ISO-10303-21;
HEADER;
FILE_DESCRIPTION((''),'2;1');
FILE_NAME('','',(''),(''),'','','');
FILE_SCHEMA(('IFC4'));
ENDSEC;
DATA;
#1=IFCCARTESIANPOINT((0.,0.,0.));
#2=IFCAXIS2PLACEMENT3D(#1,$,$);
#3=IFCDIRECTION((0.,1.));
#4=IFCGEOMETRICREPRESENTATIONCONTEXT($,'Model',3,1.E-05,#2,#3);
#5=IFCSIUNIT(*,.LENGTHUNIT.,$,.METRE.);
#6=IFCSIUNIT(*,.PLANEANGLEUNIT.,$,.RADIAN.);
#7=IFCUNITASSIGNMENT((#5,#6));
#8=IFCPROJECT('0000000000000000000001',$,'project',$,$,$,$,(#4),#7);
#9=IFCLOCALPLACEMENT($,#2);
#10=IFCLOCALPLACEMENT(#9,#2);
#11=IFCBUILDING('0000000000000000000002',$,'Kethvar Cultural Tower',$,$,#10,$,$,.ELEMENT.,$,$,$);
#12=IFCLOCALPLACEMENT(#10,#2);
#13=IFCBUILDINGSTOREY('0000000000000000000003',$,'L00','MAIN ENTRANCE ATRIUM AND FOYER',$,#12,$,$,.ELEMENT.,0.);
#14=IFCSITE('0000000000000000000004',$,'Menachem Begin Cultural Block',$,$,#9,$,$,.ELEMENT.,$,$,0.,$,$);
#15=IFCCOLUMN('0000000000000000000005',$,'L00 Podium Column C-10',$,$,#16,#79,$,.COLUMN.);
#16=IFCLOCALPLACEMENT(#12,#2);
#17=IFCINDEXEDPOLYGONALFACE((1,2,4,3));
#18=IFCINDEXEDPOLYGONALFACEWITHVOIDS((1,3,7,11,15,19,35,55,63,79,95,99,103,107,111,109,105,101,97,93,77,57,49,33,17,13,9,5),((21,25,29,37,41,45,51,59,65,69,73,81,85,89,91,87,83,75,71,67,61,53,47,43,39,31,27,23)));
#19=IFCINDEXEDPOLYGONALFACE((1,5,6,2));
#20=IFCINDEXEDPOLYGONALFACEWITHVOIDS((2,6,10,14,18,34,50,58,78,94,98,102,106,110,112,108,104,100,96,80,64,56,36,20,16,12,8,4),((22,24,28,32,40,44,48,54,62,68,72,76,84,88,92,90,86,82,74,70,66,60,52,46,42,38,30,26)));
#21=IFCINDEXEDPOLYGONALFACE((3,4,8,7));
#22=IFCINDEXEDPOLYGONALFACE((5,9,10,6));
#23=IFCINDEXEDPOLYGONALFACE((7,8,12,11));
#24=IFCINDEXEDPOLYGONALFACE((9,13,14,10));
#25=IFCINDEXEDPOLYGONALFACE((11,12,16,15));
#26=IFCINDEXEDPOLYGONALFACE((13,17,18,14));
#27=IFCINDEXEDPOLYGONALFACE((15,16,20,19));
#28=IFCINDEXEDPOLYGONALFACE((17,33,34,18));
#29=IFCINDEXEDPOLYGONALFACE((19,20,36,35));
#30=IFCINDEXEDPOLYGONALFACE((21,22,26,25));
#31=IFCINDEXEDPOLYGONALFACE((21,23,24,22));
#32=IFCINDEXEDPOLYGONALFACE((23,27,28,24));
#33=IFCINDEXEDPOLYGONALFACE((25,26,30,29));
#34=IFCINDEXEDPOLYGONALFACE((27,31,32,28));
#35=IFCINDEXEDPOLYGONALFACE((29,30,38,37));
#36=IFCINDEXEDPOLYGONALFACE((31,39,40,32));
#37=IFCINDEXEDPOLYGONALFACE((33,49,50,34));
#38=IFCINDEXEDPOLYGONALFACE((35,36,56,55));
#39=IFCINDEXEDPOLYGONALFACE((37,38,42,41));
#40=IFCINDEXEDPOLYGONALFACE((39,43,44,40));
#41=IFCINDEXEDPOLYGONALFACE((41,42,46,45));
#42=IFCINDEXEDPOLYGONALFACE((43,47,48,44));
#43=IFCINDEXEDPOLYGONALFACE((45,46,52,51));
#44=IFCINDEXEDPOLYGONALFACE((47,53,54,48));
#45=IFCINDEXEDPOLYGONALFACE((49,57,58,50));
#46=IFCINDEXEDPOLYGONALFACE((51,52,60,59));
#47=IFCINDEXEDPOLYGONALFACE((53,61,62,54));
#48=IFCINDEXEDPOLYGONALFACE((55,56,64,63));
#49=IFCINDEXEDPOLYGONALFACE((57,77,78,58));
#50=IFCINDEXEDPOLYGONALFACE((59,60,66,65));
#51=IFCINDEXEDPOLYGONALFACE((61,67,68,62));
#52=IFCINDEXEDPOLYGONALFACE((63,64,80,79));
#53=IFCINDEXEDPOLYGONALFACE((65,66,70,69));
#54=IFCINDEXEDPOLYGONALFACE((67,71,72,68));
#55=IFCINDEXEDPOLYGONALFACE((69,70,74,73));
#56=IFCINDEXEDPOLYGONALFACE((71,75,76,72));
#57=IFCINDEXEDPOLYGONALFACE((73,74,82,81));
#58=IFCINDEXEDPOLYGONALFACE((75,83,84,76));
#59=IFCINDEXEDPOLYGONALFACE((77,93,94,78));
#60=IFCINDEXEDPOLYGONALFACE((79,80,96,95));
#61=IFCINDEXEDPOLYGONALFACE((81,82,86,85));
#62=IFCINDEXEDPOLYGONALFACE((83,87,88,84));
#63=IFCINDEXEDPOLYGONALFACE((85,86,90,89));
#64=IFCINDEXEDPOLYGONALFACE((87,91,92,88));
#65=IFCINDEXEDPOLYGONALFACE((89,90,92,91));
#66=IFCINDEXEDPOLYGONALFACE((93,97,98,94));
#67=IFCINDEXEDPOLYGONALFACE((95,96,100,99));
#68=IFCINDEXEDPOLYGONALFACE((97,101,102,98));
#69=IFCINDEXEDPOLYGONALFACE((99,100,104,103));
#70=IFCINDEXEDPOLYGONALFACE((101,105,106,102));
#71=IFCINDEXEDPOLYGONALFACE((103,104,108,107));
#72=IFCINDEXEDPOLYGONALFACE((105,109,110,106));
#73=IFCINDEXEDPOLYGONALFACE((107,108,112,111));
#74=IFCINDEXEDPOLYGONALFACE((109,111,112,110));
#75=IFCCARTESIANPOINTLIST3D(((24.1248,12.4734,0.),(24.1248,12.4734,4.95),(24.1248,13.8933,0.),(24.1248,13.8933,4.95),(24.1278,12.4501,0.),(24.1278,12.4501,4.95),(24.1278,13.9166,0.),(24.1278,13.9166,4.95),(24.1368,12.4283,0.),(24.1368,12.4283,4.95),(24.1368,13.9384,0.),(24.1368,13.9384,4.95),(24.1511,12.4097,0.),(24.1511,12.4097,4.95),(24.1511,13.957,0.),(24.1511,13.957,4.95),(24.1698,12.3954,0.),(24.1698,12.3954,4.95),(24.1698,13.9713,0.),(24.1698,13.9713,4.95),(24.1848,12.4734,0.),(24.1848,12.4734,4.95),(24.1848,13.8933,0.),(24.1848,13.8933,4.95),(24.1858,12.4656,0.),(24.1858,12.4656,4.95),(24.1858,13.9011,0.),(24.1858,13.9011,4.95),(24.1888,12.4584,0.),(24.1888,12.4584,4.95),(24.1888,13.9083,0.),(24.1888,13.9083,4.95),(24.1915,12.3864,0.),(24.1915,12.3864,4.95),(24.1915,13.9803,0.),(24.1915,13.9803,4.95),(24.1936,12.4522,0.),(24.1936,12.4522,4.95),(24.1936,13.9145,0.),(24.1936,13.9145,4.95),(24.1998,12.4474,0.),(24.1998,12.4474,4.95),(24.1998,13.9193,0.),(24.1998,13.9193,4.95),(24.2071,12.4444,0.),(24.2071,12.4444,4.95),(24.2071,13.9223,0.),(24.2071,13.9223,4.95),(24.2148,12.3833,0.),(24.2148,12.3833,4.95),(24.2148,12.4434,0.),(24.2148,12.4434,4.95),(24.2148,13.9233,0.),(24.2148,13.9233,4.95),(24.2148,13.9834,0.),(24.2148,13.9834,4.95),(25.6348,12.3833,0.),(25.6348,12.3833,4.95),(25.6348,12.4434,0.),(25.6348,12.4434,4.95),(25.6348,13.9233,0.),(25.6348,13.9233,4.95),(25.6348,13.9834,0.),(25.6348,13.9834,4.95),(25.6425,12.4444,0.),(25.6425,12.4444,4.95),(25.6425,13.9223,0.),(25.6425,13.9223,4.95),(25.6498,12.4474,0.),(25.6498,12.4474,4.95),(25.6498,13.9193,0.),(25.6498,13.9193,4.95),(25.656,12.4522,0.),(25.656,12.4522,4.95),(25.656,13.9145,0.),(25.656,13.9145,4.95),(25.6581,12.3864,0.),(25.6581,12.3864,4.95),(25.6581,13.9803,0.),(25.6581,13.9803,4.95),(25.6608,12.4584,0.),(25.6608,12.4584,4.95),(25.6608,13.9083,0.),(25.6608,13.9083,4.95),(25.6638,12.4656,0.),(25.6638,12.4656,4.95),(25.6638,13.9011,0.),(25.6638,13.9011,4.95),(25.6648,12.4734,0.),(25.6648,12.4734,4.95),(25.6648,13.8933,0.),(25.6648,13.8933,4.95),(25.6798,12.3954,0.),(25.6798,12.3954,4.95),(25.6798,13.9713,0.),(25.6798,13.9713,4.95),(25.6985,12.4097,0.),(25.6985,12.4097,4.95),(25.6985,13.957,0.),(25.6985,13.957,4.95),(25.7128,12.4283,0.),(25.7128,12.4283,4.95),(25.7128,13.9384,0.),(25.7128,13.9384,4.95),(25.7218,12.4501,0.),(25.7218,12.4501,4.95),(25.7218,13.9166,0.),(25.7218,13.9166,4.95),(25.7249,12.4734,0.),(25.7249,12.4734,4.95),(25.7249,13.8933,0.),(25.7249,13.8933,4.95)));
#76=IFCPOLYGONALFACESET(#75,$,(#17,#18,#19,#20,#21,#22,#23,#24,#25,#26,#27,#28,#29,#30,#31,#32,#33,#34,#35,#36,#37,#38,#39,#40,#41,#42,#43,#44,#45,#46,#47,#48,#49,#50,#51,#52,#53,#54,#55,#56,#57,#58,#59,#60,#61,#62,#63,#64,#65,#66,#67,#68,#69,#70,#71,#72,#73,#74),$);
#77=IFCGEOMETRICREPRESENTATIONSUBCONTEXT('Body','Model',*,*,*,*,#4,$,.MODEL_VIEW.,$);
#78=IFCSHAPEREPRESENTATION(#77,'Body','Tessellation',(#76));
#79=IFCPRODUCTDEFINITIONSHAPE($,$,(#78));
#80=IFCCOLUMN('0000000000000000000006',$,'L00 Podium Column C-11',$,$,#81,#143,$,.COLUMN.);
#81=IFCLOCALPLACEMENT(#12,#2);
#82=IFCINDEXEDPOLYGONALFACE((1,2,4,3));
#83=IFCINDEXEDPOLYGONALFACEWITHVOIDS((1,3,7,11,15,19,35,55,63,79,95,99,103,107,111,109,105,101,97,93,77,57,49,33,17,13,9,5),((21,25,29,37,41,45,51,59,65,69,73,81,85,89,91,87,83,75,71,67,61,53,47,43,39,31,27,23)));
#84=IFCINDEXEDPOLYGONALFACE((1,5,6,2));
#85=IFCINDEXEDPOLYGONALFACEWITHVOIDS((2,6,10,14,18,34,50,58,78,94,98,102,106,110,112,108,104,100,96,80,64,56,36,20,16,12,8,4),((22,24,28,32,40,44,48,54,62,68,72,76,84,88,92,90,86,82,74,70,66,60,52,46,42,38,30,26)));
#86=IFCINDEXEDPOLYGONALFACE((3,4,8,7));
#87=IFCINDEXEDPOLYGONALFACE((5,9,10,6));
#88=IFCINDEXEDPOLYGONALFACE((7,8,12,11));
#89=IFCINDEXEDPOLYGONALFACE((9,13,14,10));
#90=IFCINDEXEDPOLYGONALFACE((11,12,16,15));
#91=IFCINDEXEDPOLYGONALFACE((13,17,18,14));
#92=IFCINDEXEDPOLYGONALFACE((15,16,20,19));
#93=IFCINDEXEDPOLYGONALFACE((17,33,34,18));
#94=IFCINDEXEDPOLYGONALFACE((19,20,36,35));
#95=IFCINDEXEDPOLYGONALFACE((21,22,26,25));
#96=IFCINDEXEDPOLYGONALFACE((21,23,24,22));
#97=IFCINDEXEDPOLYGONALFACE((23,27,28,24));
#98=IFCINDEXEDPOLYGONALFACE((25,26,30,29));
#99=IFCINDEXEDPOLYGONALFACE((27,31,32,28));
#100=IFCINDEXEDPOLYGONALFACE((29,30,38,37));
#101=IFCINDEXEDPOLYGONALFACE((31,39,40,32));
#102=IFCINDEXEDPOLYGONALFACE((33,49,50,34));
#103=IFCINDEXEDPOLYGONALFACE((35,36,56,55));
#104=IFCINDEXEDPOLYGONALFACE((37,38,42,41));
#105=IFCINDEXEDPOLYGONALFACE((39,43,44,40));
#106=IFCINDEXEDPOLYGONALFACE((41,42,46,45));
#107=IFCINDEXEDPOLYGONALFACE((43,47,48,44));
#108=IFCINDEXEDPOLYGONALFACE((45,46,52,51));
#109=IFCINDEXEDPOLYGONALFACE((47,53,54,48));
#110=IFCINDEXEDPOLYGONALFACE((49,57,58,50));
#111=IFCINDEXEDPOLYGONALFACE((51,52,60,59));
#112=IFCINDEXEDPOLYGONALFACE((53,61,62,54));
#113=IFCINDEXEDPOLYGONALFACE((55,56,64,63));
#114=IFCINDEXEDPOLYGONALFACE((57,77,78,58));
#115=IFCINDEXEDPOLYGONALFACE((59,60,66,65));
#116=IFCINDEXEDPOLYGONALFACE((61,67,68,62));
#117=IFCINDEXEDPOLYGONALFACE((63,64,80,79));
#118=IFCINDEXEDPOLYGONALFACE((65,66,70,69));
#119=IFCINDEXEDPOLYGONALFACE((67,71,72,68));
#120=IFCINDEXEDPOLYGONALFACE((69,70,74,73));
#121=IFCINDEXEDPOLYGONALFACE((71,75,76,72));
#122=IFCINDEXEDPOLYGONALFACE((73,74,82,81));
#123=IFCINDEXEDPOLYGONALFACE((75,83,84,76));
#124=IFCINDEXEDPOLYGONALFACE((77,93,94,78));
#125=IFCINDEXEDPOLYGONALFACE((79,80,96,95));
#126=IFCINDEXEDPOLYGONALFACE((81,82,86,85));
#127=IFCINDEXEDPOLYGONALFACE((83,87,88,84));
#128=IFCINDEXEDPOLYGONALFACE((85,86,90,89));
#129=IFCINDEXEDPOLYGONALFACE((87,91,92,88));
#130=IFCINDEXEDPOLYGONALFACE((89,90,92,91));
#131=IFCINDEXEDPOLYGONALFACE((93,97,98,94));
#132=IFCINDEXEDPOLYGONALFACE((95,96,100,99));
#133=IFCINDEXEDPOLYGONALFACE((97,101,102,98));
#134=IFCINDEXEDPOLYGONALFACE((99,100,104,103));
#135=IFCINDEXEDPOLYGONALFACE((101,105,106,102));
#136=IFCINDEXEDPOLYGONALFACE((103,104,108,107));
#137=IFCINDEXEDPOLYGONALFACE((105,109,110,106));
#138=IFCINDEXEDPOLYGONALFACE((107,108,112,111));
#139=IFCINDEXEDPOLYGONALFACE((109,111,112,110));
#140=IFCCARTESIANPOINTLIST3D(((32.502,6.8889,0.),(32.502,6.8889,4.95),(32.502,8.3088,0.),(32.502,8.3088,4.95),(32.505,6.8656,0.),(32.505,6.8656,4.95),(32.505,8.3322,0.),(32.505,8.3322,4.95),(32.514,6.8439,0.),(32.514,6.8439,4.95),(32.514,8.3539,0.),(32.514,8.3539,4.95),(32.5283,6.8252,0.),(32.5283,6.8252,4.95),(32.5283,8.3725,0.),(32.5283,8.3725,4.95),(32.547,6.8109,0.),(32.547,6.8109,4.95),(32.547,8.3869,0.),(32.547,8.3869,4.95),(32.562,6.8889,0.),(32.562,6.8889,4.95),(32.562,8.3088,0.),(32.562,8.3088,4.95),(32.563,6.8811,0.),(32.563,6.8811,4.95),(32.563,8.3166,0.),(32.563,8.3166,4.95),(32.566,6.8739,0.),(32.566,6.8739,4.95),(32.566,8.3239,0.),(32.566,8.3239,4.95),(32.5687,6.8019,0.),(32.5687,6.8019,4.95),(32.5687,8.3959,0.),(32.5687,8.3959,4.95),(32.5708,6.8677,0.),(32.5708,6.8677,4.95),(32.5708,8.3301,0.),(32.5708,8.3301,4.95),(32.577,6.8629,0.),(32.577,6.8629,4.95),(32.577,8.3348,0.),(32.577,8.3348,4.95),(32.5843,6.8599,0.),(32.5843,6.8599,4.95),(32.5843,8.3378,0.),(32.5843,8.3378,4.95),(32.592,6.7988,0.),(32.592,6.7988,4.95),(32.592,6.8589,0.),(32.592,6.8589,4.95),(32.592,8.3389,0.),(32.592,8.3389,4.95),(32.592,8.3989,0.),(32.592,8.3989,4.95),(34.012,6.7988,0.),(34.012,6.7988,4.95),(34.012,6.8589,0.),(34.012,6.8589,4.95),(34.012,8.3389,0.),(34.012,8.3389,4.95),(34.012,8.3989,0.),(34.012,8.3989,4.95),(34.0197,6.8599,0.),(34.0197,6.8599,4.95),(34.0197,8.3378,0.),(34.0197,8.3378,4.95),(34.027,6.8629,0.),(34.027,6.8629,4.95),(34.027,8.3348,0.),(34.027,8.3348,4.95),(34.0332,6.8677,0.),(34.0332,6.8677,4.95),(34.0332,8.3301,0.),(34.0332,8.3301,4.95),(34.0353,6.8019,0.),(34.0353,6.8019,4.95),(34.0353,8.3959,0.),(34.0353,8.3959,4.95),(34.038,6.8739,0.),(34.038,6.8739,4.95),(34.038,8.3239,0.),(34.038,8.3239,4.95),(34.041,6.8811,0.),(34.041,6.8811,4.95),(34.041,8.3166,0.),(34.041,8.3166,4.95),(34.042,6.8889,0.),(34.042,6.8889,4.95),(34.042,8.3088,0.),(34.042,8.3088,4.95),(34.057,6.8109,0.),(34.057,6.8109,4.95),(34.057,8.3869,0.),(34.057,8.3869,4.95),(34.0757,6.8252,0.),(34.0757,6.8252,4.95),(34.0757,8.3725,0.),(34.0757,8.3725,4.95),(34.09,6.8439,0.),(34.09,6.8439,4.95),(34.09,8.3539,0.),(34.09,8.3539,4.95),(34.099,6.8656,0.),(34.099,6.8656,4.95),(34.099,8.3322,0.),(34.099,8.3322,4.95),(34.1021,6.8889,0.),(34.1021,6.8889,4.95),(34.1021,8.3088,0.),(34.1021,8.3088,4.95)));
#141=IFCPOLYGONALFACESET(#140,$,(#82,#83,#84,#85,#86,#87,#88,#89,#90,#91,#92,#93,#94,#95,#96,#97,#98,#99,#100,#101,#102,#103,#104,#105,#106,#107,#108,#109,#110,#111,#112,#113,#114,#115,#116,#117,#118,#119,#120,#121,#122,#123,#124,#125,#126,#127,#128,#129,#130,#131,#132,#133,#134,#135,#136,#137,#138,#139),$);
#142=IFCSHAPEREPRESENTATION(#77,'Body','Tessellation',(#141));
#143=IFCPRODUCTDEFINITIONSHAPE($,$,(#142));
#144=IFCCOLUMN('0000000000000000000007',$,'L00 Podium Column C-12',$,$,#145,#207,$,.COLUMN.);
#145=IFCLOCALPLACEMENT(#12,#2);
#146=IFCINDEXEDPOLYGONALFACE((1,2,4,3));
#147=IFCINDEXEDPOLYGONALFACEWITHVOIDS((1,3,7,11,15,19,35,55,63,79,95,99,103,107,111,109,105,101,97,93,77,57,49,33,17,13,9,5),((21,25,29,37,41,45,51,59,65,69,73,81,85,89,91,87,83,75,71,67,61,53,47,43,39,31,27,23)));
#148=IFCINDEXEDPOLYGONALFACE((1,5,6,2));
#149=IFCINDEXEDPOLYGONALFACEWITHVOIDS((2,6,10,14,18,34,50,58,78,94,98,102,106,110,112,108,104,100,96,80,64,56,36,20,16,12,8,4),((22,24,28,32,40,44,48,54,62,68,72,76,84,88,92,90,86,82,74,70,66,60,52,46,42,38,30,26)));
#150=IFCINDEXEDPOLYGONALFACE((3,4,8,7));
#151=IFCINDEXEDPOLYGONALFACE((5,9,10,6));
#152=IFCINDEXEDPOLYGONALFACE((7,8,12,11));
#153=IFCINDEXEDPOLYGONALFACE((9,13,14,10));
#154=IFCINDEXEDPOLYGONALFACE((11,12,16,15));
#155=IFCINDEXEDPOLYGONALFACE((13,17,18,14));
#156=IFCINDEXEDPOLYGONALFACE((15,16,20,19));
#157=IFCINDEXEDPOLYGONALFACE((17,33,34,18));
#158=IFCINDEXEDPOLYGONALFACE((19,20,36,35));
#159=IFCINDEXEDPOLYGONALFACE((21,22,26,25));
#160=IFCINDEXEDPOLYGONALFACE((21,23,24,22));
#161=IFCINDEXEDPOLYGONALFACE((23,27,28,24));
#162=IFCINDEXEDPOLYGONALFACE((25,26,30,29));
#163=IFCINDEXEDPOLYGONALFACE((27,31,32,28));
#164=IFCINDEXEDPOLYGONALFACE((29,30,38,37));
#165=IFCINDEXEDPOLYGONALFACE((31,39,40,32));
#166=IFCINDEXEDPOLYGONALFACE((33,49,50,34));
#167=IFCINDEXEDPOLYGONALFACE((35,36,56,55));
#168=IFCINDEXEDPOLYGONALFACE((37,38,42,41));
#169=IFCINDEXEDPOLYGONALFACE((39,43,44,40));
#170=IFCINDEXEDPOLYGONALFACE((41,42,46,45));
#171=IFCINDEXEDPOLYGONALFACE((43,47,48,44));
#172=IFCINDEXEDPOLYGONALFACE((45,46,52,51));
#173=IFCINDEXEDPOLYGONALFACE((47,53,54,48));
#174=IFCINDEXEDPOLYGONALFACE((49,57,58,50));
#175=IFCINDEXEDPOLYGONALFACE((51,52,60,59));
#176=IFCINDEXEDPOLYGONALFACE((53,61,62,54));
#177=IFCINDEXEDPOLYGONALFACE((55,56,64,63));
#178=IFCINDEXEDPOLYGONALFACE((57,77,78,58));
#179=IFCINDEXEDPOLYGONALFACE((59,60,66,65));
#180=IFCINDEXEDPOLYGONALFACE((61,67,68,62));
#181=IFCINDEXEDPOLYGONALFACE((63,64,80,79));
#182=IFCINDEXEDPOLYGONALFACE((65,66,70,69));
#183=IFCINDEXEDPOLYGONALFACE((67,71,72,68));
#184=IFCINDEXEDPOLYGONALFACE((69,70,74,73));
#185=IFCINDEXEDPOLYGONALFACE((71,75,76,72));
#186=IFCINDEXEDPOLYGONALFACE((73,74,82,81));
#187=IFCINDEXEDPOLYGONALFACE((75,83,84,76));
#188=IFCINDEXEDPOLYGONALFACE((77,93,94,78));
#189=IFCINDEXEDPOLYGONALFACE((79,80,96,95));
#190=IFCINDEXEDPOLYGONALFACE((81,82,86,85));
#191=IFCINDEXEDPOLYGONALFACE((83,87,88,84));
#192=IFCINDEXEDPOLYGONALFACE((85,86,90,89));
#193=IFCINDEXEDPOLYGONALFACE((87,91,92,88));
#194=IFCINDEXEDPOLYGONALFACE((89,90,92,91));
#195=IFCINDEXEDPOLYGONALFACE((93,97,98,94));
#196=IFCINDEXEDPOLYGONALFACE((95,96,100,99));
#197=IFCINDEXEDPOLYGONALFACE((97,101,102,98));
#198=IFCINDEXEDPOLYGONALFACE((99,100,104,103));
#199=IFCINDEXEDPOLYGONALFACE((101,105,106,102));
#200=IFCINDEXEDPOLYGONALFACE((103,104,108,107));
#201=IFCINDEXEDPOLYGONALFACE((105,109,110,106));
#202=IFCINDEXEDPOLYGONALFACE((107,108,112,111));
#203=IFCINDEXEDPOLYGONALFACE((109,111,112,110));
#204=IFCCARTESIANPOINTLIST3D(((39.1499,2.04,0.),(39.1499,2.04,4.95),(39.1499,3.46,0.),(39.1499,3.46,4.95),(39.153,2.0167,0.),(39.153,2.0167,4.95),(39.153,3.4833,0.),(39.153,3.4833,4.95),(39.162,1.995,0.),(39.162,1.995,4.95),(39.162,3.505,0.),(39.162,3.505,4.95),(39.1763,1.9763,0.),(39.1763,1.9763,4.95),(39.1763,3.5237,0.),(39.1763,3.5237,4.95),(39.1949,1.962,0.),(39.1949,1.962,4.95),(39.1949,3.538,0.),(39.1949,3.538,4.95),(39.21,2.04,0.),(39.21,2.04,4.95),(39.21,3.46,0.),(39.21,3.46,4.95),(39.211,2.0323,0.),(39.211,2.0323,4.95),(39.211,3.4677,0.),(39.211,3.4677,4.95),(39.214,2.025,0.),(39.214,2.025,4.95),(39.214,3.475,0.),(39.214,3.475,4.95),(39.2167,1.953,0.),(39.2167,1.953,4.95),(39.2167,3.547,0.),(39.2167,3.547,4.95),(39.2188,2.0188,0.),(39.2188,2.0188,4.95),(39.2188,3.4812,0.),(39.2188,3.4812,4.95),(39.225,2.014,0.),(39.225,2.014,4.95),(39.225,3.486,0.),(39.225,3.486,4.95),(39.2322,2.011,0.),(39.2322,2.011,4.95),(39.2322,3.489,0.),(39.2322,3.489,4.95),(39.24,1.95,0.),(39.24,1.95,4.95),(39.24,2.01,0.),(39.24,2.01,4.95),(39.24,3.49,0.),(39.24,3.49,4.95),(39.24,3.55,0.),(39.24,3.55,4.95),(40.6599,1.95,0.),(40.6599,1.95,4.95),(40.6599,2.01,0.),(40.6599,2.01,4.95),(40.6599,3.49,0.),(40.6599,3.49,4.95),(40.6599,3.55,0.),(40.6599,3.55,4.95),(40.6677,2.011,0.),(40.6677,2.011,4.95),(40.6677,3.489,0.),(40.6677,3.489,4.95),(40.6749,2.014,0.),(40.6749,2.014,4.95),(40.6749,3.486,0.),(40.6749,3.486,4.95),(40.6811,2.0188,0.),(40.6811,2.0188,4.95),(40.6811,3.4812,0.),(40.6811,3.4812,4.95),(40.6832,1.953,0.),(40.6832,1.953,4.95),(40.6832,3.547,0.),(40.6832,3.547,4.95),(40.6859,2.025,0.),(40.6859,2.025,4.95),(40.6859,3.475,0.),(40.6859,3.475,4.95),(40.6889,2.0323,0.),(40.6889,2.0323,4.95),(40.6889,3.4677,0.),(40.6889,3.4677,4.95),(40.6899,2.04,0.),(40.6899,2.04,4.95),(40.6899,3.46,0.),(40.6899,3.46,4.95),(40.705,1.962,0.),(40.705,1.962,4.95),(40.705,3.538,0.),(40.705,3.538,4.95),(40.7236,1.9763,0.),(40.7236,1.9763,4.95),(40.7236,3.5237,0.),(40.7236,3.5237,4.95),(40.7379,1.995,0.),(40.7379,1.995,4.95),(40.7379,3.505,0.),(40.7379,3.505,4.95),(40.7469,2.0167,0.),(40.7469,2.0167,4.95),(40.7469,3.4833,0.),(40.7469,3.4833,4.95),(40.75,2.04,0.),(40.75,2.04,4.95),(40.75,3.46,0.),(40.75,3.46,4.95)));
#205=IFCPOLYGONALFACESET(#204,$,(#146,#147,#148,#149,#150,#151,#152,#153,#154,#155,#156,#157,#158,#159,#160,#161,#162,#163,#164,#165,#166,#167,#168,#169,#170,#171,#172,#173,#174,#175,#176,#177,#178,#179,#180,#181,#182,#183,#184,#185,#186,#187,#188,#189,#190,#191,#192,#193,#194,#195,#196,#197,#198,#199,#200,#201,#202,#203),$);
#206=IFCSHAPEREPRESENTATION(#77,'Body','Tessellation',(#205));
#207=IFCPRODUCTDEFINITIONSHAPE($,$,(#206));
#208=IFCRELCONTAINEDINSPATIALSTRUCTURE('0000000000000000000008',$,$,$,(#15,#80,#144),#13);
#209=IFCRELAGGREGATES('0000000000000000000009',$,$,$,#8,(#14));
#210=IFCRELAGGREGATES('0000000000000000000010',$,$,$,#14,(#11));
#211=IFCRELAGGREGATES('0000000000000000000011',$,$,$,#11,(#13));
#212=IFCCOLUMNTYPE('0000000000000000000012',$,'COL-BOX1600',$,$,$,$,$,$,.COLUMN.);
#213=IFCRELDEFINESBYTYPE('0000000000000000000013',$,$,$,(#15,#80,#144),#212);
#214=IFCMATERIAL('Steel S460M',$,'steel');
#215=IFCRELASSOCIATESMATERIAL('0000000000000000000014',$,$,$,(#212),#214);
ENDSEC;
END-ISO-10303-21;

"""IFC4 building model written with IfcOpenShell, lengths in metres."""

from ifc_helpers import new_model, si_unit, direction, frame, origin, origin_2d, place, context, subcontext, project, spatial, hollow_rectangle, extrude, source, transform, mapped, material, material_profile, profile_set, type_object, element, save


model = new_model("IFC4")

# Units and contexts
model_context = context("Model", 3, precision=1e-05, world=origin(), true_north=direction((0.0, 1.0)))
body_context = subcontext(model_context, "Body", "Model", "MODEL_VIEW")
ifc_project = project(units=[si_unit("LENGTHUNIT", "METRE"), si_unit("PLANEANGLEUNIT", "RADIAN")], contexts=[model_context])

# Site, building, storey
site_placement = place(None, origin())
site = spatial("IfcSite", under=ifc_project, at=site_placement, Name="Menachem Begin Cultural Block", CompositionType="ELEMENT", RefElevation=0.0)
building_placement = place(site_placement, origin())
building = spatial("IfcBuilding", under=site, at=building_placement, Name="Kethvar Cultural Tower", CompositionType="ELEMENT")
storey_placement = place(building_placement, origin())
storey = spatial("IfcBuildingStorey", under=building, at=storey_placement, Name="L00", Description="MAIN ENTRANCE ATRIUM AND FOYER", CompositionType="ELEMENT", Elevation=0.0)

# Columns
ifc_material_1 = material(Name="Steel S460M", Category="steel")
ifc_material_profile_1 = material_profile(ifc_material_1, hollow_rectangle(XDim=1.6001, YDim=1.6001, WallThickness=0.0601, InnerFilletRadius=0.03, OuterFilletRadius=0.0901, at=origin_2d()), Name="Steel S460M — BOX1600x1600x60")
ifc_profile_set_1 = profile_set([ifc_material_profile_1], Name="Steel S460M — BOX1600x1600x60")
column_type = type_object("IfcColumnType", Name="COL-BOX1600", PredefinedType="COLUMN", material=ifc_profile_set_1)
shared_shape_1 = source(origin(), body_context, "Body", "SweptSolid", [
    extrude(hollow_rectangle(XDim=1.6001, YDim=1.6001, WallThickness=0.0601, InnerFilletRadius=0.03, OuterFilletRadius=0.0901, at=origin_2d()), origin(), (0.0, 0.0, 1.0), 4.95),
])
for number, where, z_axis, x_axis, name in (
    (1, (24.9248, 13.1833, 0.0), (0.0, 0.0, 1.0), (1.0, 0.0, 0.0), "L00 Podium Column C-10"),
    (2, (33.302, 7.5989, 0.0), (0.0, 0.0, 1.0), (1.0, 0.0, 0.0), "L00 Podium Column C-11"),
    (3, (39.95, 2.75, 0.0), (0.0, 0.0, 1.0), (1.0, 0.0, 0.0), "L00 Podium Column C-12"),
):
    element("IfcColumn", number, at=place(storey_placement, frame(where, z_axis=z_axis, x_axis=x_axis)), inside=storey, type_object=column_type, Name=name, PredefinedType="COLUMN", context=body_context, shape_type="MappedRepresentation", body=[
        mapped(shared_shape_1, transform((0.0, 0.0, 0.0), scale=1.0)),
    ])

save(model, "model.ifc")
